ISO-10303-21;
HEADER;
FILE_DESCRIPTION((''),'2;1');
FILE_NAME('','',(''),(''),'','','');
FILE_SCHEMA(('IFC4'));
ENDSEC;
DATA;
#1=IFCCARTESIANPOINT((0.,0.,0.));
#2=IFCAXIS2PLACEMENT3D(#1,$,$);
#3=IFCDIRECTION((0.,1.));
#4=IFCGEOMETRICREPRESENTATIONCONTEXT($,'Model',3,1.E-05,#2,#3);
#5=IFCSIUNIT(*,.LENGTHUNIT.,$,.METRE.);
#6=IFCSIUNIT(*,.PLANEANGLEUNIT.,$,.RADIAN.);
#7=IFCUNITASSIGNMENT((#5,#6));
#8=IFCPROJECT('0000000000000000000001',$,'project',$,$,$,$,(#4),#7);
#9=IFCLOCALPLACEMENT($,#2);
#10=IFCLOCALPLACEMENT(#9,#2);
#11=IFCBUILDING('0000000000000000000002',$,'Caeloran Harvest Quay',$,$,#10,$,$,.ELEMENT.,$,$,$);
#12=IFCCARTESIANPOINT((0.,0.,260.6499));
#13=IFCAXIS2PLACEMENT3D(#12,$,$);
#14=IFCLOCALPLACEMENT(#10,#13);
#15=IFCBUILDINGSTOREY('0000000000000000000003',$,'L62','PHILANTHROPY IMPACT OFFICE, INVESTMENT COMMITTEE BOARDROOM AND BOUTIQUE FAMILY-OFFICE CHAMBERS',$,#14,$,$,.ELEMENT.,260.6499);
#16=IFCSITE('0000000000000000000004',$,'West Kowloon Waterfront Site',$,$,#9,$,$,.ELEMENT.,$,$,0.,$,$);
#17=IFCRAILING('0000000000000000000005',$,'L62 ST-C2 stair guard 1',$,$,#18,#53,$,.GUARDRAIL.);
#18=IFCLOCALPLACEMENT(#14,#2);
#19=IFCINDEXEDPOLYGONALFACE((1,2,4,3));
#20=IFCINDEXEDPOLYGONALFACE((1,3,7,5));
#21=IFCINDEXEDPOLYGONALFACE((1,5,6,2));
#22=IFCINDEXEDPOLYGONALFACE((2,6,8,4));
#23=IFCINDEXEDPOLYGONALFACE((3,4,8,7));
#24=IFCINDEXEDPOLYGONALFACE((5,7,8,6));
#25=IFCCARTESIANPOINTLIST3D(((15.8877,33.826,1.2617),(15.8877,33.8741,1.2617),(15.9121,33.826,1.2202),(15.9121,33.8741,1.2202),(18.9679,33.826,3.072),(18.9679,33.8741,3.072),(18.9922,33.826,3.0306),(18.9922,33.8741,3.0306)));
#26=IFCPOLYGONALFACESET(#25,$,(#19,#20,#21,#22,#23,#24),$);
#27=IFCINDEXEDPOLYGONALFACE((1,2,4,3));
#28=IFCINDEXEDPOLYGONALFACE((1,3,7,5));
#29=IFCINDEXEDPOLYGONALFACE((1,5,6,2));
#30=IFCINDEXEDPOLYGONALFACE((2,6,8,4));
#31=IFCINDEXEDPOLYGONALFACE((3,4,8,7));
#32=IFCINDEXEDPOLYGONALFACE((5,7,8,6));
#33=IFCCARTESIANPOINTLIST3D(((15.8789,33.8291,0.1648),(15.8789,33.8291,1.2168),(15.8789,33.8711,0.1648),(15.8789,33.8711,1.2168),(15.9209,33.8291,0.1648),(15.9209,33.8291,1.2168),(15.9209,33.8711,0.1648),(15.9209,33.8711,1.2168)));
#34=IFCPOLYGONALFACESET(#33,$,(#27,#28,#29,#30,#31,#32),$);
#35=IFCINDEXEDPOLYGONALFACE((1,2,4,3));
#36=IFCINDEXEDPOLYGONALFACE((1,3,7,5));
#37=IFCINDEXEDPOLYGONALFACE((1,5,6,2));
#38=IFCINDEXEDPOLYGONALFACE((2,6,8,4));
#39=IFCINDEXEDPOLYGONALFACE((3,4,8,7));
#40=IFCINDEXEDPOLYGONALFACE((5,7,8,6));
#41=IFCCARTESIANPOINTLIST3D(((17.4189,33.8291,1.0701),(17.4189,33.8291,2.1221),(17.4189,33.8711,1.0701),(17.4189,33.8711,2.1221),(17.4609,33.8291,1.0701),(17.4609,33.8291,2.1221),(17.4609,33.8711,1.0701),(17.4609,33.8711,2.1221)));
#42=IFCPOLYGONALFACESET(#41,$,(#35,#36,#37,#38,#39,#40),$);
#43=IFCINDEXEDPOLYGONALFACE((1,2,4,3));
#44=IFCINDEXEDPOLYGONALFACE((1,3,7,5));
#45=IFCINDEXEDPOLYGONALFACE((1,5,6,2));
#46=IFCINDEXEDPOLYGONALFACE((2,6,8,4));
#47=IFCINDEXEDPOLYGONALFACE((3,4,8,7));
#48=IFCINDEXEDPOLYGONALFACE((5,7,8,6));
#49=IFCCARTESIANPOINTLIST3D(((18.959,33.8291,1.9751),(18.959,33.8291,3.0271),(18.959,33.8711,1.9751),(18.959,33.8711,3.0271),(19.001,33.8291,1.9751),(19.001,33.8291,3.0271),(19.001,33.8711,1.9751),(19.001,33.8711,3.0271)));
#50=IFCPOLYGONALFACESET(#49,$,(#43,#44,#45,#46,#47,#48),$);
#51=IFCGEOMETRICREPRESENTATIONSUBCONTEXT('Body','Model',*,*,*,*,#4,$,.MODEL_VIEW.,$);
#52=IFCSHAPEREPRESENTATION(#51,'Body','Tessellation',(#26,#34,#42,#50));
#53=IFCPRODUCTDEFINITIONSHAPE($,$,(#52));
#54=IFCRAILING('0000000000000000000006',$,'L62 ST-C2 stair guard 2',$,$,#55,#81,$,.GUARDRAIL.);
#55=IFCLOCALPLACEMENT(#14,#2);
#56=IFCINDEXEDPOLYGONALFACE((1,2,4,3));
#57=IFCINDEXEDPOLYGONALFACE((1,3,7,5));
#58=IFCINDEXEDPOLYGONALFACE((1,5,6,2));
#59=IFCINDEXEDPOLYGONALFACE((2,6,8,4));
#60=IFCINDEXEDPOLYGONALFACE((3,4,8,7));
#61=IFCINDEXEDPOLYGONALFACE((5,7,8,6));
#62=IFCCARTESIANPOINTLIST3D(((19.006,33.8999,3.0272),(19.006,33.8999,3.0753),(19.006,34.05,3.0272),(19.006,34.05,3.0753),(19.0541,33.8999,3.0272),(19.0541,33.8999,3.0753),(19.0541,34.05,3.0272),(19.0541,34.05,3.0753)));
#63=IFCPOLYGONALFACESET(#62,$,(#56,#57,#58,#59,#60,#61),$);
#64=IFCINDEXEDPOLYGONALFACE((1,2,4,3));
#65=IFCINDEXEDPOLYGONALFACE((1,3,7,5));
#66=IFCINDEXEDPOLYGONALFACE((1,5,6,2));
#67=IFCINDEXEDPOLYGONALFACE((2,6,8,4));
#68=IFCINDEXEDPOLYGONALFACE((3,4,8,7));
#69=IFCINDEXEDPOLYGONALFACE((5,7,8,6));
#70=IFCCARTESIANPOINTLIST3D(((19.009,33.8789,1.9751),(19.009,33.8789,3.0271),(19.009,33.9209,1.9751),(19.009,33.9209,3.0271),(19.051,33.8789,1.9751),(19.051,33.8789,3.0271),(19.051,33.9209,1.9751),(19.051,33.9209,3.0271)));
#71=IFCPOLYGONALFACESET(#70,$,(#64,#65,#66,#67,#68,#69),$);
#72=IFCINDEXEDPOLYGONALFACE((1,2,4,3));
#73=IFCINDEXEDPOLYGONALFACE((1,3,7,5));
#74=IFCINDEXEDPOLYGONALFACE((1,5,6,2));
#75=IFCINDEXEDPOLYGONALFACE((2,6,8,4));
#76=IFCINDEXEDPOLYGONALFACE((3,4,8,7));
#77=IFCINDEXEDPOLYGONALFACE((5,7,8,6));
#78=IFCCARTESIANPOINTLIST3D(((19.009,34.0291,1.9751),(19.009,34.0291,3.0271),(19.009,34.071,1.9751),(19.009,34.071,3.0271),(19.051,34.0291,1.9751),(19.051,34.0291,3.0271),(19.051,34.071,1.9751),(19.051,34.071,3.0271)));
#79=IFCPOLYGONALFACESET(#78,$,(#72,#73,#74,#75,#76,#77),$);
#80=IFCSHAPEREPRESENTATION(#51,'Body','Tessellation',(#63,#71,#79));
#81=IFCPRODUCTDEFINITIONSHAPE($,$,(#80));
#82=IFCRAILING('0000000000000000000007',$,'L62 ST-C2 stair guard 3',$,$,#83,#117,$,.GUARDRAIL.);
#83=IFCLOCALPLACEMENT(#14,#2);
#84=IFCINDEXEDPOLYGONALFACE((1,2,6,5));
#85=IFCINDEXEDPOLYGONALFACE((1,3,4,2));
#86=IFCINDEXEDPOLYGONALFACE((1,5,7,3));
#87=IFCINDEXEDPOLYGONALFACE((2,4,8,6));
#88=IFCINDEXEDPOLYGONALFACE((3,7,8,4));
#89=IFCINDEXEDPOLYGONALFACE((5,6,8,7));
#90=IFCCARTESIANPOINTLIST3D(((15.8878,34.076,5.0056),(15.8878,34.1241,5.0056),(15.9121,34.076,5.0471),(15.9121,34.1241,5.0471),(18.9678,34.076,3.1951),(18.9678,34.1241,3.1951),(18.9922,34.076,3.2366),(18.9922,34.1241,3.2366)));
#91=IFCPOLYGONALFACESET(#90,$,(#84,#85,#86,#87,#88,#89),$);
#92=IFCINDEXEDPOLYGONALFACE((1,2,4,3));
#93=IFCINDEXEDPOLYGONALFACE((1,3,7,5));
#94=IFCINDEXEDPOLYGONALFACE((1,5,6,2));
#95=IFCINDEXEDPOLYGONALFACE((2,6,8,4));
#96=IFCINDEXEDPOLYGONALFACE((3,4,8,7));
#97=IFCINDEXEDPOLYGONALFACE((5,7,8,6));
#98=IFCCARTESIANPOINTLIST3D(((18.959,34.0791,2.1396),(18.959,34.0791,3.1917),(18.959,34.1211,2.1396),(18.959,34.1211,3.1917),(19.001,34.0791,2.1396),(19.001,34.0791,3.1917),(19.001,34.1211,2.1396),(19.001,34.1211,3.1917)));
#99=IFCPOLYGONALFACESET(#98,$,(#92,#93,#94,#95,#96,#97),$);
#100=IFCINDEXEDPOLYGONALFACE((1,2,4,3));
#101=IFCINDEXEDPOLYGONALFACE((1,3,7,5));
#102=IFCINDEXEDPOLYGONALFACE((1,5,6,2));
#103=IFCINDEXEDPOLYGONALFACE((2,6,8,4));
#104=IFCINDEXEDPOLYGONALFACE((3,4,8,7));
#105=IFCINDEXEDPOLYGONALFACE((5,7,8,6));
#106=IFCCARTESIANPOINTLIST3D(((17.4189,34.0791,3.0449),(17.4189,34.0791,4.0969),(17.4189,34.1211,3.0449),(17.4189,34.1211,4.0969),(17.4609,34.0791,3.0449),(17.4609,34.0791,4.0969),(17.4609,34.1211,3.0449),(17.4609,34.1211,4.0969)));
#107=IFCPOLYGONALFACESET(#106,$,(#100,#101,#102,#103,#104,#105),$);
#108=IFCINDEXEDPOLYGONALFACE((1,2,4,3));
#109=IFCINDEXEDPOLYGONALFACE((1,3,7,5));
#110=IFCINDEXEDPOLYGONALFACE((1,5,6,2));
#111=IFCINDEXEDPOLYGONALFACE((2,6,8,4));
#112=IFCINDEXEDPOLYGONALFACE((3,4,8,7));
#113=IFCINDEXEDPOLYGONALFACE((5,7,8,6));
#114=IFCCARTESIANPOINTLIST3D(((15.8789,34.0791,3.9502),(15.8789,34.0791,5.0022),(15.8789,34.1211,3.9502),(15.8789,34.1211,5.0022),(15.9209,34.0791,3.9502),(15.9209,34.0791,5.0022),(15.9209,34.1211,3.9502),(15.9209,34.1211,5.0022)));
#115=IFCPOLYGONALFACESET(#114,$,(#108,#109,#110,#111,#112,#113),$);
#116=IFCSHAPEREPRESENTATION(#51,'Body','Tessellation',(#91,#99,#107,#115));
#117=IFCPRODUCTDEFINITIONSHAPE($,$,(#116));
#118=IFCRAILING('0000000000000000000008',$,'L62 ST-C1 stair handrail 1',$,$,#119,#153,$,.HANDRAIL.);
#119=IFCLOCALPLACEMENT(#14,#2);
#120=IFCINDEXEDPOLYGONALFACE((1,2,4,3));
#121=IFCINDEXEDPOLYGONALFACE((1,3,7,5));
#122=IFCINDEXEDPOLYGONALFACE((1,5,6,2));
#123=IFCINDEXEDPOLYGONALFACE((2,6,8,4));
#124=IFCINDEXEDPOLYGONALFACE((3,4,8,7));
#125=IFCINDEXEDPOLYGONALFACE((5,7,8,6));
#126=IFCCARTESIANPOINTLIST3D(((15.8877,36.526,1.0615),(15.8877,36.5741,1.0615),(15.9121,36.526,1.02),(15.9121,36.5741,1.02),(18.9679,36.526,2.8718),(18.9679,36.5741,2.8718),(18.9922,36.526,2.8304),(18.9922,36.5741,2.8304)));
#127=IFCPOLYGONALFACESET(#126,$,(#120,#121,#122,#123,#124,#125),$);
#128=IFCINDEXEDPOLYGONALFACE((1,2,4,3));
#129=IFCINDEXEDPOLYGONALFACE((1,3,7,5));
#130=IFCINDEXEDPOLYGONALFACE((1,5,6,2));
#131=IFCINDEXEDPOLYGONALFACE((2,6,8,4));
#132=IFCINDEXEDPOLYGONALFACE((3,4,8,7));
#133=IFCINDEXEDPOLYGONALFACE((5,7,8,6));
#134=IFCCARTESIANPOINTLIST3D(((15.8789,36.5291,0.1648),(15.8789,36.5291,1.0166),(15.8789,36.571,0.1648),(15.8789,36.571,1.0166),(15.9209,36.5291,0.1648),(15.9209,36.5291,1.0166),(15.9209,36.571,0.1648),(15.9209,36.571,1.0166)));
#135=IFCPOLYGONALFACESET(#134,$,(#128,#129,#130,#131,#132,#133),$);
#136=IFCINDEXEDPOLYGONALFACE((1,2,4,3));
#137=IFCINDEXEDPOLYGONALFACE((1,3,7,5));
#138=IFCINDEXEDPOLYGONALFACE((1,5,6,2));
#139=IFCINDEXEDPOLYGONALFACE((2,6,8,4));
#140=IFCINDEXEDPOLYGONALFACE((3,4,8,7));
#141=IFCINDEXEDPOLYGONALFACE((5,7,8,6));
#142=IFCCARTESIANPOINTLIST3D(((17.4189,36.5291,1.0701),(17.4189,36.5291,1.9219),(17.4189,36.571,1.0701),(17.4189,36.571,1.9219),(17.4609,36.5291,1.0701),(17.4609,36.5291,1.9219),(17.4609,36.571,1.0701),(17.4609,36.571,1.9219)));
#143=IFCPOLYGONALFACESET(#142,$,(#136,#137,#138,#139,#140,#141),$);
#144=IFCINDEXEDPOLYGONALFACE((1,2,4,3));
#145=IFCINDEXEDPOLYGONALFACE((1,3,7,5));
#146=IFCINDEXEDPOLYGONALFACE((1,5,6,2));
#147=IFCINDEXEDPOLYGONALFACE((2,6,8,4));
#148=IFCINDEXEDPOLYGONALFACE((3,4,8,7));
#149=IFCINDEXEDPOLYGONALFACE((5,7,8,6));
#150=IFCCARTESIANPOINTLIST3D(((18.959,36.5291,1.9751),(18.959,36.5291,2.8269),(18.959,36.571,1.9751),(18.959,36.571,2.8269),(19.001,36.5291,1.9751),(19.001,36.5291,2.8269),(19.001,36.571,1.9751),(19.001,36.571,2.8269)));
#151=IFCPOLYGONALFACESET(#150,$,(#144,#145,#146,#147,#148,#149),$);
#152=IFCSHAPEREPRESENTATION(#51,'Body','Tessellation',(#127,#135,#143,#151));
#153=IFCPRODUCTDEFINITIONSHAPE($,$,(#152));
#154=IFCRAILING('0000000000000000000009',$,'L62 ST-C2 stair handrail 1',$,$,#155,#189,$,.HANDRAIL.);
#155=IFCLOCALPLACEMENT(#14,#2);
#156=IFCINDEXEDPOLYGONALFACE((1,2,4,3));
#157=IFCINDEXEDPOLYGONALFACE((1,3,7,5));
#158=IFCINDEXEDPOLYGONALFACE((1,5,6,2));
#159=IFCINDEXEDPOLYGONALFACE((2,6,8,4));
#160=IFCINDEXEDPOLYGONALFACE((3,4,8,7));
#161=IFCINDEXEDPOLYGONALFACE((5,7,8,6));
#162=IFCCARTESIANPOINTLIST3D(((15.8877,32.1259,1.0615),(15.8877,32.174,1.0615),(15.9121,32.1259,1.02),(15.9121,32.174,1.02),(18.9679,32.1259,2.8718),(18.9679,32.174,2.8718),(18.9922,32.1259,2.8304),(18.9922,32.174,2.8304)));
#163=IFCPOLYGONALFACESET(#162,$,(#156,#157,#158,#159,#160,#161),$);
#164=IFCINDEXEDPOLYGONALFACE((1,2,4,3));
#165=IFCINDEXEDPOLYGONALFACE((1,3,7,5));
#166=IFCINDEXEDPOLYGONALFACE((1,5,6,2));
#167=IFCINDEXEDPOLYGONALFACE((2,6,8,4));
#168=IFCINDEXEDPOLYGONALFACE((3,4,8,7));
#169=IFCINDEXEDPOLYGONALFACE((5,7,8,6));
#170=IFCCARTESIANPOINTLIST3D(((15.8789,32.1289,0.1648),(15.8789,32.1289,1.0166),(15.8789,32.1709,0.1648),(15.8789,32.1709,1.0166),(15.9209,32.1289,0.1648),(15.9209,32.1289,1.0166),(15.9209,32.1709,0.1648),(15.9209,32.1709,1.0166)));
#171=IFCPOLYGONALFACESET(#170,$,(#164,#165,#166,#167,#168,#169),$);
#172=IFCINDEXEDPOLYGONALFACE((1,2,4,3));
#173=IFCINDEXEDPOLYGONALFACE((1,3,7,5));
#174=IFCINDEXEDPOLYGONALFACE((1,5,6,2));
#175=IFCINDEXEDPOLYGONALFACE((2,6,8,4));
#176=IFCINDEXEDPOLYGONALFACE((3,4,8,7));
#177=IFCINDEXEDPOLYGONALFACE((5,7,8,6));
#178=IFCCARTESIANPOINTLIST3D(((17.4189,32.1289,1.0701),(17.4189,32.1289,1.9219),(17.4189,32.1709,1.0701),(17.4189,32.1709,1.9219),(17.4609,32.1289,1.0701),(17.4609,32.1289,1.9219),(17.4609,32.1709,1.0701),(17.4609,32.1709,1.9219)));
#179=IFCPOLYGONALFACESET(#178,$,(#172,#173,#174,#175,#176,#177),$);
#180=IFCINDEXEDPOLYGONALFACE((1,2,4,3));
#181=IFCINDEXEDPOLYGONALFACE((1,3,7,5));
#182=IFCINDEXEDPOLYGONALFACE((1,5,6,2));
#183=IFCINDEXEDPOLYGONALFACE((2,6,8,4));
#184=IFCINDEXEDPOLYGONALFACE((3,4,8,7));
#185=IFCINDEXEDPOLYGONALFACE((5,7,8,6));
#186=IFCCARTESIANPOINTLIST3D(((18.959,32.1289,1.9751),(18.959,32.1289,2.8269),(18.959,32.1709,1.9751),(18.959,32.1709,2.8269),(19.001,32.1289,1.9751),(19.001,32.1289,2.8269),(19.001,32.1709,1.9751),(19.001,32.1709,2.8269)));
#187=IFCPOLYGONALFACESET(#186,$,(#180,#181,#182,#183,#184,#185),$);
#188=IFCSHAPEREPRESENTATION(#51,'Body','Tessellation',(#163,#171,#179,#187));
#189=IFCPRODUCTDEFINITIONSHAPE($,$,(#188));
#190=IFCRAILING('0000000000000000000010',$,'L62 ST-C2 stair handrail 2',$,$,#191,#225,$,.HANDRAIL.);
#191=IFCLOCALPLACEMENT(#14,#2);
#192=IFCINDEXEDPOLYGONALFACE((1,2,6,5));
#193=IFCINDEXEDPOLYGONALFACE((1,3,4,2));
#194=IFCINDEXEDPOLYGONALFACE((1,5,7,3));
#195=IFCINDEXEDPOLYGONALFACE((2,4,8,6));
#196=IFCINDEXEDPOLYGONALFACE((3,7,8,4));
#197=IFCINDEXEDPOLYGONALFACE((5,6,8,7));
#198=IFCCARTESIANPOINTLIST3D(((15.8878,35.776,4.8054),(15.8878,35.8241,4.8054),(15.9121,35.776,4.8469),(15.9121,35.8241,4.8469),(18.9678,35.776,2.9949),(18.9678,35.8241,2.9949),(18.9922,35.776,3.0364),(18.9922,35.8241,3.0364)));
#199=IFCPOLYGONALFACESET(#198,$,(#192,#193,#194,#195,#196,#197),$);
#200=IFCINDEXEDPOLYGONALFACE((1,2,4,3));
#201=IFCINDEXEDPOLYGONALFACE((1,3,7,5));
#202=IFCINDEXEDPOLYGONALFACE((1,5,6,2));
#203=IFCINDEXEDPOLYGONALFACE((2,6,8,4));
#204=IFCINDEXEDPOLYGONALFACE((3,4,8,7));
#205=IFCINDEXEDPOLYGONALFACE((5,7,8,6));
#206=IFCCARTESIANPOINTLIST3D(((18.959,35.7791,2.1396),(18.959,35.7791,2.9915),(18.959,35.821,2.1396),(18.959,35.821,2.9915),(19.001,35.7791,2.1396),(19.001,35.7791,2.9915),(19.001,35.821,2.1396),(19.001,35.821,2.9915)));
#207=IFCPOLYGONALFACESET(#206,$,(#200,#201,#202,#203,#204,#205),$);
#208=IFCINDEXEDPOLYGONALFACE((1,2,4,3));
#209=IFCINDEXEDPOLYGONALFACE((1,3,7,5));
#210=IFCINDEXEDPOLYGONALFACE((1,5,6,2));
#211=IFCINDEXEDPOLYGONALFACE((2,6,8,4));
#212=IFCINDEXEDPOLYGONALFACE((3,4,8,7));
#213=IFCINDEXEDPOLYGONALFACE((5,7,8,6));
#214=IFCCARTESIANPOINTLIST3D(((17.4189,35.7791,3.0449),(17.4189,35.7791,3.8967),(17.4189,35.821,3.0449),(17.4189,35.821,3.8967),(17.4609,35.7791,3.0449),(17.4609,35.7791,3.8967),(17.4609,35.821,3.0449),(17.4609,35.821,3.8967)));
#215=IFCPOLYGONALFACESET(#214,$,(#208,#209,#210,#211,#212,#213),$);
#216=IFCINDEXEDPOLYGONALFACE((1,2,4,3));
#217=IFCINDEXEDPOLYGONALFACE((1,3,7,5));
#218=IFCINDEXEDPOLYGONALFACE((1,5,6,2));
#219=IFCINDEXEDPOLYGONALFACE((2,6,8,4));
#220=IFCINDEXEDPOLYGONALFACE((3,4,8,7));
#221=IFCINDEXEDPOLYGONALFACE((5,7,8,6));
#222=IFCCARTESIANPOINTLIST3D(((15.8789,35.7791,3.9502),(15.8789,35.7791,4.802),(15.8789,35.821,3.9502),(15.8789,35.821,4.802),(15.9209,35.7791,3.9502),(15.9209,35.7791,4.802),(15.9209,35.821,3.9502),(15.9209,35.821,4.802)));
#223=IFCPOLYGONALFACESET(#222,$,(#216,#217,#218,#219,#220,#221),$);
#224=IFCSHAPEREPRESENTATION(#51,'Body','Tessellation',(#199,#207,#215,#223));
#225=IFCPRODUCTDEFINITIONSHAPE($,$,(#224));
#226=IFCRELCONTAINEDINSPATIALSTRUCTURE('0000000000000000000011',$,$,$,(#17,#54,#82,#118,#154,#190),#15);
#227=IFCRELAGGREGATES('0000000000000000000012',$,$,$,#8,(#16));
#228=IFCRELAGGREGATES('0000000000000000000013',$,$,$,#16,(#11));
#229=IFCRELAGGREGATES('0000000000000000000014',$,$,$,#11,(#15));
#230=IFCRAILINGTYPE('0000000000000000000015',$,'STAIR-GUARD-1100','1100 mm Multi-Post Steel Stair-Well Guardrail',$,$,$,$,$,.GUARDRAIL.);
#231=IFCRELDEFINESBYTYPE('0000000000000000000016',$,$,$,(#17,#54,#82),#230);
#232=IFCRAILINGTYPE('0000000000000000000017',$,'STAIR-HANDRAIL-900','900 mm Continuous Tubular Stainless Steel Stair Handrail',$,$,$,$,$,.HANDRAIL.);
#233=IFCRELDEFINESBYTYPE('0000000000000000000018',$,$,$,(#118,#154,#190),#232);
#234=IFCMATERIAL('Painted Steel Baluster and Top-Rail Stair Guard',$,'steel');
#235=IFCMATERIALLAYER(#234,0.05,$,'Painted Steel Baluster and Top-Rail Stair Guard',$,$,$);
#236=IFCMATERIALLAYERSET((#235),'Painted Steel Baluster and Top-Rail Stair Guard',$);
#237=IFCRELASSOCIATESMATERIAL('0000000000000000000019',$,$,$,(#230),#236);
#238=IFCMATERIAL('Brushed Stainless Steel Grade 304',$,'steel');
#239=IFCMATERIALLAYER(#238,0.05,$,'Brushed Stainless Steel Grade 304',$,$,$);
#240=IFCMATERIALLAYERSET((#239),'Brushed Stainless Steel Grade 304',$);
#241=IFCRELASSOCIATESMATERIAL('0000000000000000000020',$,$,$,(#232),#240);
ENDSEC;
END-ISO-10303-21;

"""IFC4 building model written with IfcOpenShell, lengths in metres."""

from ifc_helpers import new_model, si_unit, direction, frame, origin, origin_2d, place, context, subcontext, project, spatial, rectangle, extrude, material, layer, layer_set, type_object, element, save


model = new_model("IFC4")

# Units and contexts
model_context = context("Model", 3, precision=1e-05, world=origin(), true_north=direction((0.0, 1.0)))
body_context = subcontext(model_context, "Body", "Model", "MODEL_VIEW")
ifc_project = project(units=[si_unit("LENGTHUNIT", "METRE"), si_unit("PLANEANGLEUNIT", "RADIAN")], contexts=[model_context])

# Site, building, storey
site_placement = place(None, origin())
site = spatial("IfcSite", under=ifc_project, at=site_placement, Name="West Kowloon Waterfront Site", CompositionType="ELEMENT", RefElevation=0.0)
building_placement = place(site_placement, origin())
building = spatial("IfcBuilding", under=site, at=building_placement, Name="Caeloran Harvest Quay", CompositionType="ELEMENT")
storey_placement = place(building_placement, frame((0.0, 0.0, 260.6499)))
storey = spatial("IfcBuildingStorey", under=building, at=storey_placement, Name="L62", Description="PHILANTHROPY IMPACT OFFICE, INVESTMENT COMMITTEE BOARDROOM AND BOUTIQUE FAMILY-OFFICE CHAMBERS", CompositionType="ELEMENT", Elevation=260.6499)

# Railings
ifc_material_1 = material(Name="Painted Steel Baluster and Top-Rail Stair Guard", Category="steel")
ifc_layer_1 = layer(ifc_material_1, 0.05, Name="Painted Steel Baluster and Top-Rail Stair Guard")
ifc_layer_set_1 = layer_set([ifc_layer_1], Name="Painted Steel Baluster and Top-Rail Stair Guard")
railing_type_1 = type_object("IfcRailingType", Name="STAIR-GUARD-1100", Description="1100 mm Multi-Post Steel Stair-Well Guardrail", PredefinedType="GUARDRAIL", material=ifc_layer_set_1)
railing_1_placement = place(storey_placement, frame((15.8999, 33.8501, 0.1648)))
element("IfcRailing", 1, at=railing_1_placement, inside=storey, type_object=railing_type_1, Name="L62 ST-C2 stair guard 1", PredefinedType="GUARDRAIL", context=body_context, shape_type="SweptSolid", body=[
    extrude(rectangle(XDim=0.0481, YDim=0.0481, at=origin_2d()), frame((0.0, 0.0, 1.0762), z_axis=(0.862119, 0.0, 0.506707), x_axis=(0.0, 1.0, 0.0)), (0.0, 0.0, 1.0), 3.5728),
    extrude(rectangle(XDim=0.042, YDim=0.042, at=origin_2d()), origin(), (0.0, 0.0, 1.0), 1.052),
    extrude(rectangle(XDim=0.042, YDim=0.042, at=origin_2d()), frame((1.54, 0.0, 0.9053)), (0.0, 0.0, 1.0), 1.052),
    extrude(rectangle(XDim=0.042, YDim=0.042, at=origin_2d()), frame((3.0801, 0.0, 1.8103)), (0.0, 0.0, 1.0), 1.052),
])
railing_2_placement = place(storey_placement, frame((19.03, 33.8999, 1.9751)))
element("IfcRailing", 2, at=railing_2_placement, inside=storey, type_object=railing_type_1, Name="L62 ST-C2 stair guard 2", PredefinedType="GUARDRAIL", context=body_context, shape_type="SweptSolid", body=[
    extrude(rectangle(XDim=0.0481, YDim=0.0481, at=origin_2d()), frame((0.0, 0.0, 1.0762), z_axis=(0.0, 1.0, 0.0), x_axis=(-1.0, 0.0, 0.0)), (0.0, 0.0, 1.0), 0.1501),
    extrude(rectangle(XDim=0.042, YDim=0.042, at=origin_2d()), origin(), (0.0, 0.0, 1.0), 1.052),
    extrude(rectangle(XDim=0.042, YDim=0.042, at=origin_2d()), frame((0.0, 0.1501, 0.0)), (0.0, 0.0, 1.0), 1.052),
])
railing_3_placement = place(storey_placement, frame((18.98, 34.1001, 2.1396)))
element("IfcRailing", 3, at=railing_3_placement, inside=storey, type_object=railing_type_1, Name="L62 ST-C2 stair guard 3", PredefinedType="GUARDRAIL", context=body_context, shape_type="SweptSolid", body=[
    extrude(rectangle(XDim=0.0481, YDim=0.0481, at=origin_2d()), frame((0.0, 0.0, 1.0762), z_axis=(-0.862089, 0.0, 0.506757), x_axis=(0.0, -1.0, 0.0)), (0.0, 0.0, 1.0), 3.5728),
    extrude(rectangle(XDim=0.042, YDim=0.042, at=origin_2d()), origin(), (0.0, 0.0, 1.0), 1.052),
    extrude(rectangle(XDim=0.042, YDim=0.042, at=origin_2d()), frame((-1.54, 0.0, 0.9053)), (0.0, 0.0, 1.0), 1.052),
    extrude(rectangle(XDim=0.042, YDim=0.042, at=origin_2d()), frame((-3.0801, 0.0, 1.8105)), (0.0, 0.0, 1.0), 1.052),
])
ifc_material_2 = material(Name="Brushed Stainless Steel Grade 304", Category="steel")
ifc_layer_2 = layer(ifc_material_2, 0.05, Name="Brushed Stainless Steel Grade 304")
ifc_layer_set_2 = layer_set([ifc_layer_2], Name="Brushed Stainless Steel Grade 304")
railing_type_2 = type_object("IfcRailingType", Name="STAIR-HANDRAIL-900", Description="900 mm Continuous Tubular Stainless Steel Stair Handrail", PredefinedType="HANDRAIL", material=ifc_layer_set_2)
for number, where, name in (
    (4, (15.8999, 36.55, 0.1648), "L62 ST-C1 stair handrail 1"),
    (5, (15.8999, 32.1499, 0.1648), "L62 ST-C2 stair handrail 1"),
):
    element("IfcRailing", number, at=place(storey_placement, frame(where)), inside=storey, type_object=railing_type_2, Name=name, PredefinedType="HANDRAIL", context=body_context, shape_type="SweptSolid", body=[
        extrude(rectangle(XDim=0.0481, YDim=0.0481, at=origin_2d()), frame((0.0, 0.0, 0.876), z_axis=(0.862119, 0.0, 0.506707), x_axis=(0.0, 1.0, 0.0)), (0.0, 0.0, 1.0), 3.5728),
        extrude(rectangle(XDim=0.042, YDim=0.042, at=origin_2d()), origin(), (0.0, 0.0, 1.0), 0.8518),
        extrude(rectangle(XDim=0.042, YDim=0.042, at=origin_2d()), frame((1.54, 0.0, 0.9053)), (0.0, 0.0, 1.0), 0.8518),
        extrude(rectangle(XDim=0.042, YDim=0.042, at=origin_2d()), frame((3.0801, 0.0, 1.8103)), (0.0, 0.0, 1.0), 0.8518),
    ])
railing_4_placement = place(storey_placement, frame((18.98, 35.8, 2.1396)))
element("IfcRailing", 6, at=railing_4_placement, inside=storey, type_object=railing_type_2, Name="L62 ST-C2 stair handrail 2", PredefinedType="HANDRAIL", context=body_context, shape_type="SweptSolid", body=[
    extrude(rectangle(XDim=0.0481, YDim=0.0481, at=origin_2d()), frame((0.0, 0.0, 0.876), z_axis=(-0.862089, 0.0, 0.506757), x_axis=(0.0, -1.0, 0.0)), (0.0, 0.0, 1.0), 3.5728),
    extrude(rectangle(XDim=0.042, YDim=0.042, at=origin_2d()), origin(), (0.0, 0.0, 1.0), 0.8518),
    extrude(rectangle(XDim=0.042, YDim=0.042, at=origin_2d()), frame((-1.54, 0.0, 0.9053)), (0.0, 0.0, 1.0), 0.8518),
    extrude(rectangle(XDim=0.042, YDim=0.042, at=origin_2d()), frame((-3.0801, 0.0, 1.8105)), (0.0, 0.0, 1.0), 0.8518),
])

save(model, "model.ifc")
